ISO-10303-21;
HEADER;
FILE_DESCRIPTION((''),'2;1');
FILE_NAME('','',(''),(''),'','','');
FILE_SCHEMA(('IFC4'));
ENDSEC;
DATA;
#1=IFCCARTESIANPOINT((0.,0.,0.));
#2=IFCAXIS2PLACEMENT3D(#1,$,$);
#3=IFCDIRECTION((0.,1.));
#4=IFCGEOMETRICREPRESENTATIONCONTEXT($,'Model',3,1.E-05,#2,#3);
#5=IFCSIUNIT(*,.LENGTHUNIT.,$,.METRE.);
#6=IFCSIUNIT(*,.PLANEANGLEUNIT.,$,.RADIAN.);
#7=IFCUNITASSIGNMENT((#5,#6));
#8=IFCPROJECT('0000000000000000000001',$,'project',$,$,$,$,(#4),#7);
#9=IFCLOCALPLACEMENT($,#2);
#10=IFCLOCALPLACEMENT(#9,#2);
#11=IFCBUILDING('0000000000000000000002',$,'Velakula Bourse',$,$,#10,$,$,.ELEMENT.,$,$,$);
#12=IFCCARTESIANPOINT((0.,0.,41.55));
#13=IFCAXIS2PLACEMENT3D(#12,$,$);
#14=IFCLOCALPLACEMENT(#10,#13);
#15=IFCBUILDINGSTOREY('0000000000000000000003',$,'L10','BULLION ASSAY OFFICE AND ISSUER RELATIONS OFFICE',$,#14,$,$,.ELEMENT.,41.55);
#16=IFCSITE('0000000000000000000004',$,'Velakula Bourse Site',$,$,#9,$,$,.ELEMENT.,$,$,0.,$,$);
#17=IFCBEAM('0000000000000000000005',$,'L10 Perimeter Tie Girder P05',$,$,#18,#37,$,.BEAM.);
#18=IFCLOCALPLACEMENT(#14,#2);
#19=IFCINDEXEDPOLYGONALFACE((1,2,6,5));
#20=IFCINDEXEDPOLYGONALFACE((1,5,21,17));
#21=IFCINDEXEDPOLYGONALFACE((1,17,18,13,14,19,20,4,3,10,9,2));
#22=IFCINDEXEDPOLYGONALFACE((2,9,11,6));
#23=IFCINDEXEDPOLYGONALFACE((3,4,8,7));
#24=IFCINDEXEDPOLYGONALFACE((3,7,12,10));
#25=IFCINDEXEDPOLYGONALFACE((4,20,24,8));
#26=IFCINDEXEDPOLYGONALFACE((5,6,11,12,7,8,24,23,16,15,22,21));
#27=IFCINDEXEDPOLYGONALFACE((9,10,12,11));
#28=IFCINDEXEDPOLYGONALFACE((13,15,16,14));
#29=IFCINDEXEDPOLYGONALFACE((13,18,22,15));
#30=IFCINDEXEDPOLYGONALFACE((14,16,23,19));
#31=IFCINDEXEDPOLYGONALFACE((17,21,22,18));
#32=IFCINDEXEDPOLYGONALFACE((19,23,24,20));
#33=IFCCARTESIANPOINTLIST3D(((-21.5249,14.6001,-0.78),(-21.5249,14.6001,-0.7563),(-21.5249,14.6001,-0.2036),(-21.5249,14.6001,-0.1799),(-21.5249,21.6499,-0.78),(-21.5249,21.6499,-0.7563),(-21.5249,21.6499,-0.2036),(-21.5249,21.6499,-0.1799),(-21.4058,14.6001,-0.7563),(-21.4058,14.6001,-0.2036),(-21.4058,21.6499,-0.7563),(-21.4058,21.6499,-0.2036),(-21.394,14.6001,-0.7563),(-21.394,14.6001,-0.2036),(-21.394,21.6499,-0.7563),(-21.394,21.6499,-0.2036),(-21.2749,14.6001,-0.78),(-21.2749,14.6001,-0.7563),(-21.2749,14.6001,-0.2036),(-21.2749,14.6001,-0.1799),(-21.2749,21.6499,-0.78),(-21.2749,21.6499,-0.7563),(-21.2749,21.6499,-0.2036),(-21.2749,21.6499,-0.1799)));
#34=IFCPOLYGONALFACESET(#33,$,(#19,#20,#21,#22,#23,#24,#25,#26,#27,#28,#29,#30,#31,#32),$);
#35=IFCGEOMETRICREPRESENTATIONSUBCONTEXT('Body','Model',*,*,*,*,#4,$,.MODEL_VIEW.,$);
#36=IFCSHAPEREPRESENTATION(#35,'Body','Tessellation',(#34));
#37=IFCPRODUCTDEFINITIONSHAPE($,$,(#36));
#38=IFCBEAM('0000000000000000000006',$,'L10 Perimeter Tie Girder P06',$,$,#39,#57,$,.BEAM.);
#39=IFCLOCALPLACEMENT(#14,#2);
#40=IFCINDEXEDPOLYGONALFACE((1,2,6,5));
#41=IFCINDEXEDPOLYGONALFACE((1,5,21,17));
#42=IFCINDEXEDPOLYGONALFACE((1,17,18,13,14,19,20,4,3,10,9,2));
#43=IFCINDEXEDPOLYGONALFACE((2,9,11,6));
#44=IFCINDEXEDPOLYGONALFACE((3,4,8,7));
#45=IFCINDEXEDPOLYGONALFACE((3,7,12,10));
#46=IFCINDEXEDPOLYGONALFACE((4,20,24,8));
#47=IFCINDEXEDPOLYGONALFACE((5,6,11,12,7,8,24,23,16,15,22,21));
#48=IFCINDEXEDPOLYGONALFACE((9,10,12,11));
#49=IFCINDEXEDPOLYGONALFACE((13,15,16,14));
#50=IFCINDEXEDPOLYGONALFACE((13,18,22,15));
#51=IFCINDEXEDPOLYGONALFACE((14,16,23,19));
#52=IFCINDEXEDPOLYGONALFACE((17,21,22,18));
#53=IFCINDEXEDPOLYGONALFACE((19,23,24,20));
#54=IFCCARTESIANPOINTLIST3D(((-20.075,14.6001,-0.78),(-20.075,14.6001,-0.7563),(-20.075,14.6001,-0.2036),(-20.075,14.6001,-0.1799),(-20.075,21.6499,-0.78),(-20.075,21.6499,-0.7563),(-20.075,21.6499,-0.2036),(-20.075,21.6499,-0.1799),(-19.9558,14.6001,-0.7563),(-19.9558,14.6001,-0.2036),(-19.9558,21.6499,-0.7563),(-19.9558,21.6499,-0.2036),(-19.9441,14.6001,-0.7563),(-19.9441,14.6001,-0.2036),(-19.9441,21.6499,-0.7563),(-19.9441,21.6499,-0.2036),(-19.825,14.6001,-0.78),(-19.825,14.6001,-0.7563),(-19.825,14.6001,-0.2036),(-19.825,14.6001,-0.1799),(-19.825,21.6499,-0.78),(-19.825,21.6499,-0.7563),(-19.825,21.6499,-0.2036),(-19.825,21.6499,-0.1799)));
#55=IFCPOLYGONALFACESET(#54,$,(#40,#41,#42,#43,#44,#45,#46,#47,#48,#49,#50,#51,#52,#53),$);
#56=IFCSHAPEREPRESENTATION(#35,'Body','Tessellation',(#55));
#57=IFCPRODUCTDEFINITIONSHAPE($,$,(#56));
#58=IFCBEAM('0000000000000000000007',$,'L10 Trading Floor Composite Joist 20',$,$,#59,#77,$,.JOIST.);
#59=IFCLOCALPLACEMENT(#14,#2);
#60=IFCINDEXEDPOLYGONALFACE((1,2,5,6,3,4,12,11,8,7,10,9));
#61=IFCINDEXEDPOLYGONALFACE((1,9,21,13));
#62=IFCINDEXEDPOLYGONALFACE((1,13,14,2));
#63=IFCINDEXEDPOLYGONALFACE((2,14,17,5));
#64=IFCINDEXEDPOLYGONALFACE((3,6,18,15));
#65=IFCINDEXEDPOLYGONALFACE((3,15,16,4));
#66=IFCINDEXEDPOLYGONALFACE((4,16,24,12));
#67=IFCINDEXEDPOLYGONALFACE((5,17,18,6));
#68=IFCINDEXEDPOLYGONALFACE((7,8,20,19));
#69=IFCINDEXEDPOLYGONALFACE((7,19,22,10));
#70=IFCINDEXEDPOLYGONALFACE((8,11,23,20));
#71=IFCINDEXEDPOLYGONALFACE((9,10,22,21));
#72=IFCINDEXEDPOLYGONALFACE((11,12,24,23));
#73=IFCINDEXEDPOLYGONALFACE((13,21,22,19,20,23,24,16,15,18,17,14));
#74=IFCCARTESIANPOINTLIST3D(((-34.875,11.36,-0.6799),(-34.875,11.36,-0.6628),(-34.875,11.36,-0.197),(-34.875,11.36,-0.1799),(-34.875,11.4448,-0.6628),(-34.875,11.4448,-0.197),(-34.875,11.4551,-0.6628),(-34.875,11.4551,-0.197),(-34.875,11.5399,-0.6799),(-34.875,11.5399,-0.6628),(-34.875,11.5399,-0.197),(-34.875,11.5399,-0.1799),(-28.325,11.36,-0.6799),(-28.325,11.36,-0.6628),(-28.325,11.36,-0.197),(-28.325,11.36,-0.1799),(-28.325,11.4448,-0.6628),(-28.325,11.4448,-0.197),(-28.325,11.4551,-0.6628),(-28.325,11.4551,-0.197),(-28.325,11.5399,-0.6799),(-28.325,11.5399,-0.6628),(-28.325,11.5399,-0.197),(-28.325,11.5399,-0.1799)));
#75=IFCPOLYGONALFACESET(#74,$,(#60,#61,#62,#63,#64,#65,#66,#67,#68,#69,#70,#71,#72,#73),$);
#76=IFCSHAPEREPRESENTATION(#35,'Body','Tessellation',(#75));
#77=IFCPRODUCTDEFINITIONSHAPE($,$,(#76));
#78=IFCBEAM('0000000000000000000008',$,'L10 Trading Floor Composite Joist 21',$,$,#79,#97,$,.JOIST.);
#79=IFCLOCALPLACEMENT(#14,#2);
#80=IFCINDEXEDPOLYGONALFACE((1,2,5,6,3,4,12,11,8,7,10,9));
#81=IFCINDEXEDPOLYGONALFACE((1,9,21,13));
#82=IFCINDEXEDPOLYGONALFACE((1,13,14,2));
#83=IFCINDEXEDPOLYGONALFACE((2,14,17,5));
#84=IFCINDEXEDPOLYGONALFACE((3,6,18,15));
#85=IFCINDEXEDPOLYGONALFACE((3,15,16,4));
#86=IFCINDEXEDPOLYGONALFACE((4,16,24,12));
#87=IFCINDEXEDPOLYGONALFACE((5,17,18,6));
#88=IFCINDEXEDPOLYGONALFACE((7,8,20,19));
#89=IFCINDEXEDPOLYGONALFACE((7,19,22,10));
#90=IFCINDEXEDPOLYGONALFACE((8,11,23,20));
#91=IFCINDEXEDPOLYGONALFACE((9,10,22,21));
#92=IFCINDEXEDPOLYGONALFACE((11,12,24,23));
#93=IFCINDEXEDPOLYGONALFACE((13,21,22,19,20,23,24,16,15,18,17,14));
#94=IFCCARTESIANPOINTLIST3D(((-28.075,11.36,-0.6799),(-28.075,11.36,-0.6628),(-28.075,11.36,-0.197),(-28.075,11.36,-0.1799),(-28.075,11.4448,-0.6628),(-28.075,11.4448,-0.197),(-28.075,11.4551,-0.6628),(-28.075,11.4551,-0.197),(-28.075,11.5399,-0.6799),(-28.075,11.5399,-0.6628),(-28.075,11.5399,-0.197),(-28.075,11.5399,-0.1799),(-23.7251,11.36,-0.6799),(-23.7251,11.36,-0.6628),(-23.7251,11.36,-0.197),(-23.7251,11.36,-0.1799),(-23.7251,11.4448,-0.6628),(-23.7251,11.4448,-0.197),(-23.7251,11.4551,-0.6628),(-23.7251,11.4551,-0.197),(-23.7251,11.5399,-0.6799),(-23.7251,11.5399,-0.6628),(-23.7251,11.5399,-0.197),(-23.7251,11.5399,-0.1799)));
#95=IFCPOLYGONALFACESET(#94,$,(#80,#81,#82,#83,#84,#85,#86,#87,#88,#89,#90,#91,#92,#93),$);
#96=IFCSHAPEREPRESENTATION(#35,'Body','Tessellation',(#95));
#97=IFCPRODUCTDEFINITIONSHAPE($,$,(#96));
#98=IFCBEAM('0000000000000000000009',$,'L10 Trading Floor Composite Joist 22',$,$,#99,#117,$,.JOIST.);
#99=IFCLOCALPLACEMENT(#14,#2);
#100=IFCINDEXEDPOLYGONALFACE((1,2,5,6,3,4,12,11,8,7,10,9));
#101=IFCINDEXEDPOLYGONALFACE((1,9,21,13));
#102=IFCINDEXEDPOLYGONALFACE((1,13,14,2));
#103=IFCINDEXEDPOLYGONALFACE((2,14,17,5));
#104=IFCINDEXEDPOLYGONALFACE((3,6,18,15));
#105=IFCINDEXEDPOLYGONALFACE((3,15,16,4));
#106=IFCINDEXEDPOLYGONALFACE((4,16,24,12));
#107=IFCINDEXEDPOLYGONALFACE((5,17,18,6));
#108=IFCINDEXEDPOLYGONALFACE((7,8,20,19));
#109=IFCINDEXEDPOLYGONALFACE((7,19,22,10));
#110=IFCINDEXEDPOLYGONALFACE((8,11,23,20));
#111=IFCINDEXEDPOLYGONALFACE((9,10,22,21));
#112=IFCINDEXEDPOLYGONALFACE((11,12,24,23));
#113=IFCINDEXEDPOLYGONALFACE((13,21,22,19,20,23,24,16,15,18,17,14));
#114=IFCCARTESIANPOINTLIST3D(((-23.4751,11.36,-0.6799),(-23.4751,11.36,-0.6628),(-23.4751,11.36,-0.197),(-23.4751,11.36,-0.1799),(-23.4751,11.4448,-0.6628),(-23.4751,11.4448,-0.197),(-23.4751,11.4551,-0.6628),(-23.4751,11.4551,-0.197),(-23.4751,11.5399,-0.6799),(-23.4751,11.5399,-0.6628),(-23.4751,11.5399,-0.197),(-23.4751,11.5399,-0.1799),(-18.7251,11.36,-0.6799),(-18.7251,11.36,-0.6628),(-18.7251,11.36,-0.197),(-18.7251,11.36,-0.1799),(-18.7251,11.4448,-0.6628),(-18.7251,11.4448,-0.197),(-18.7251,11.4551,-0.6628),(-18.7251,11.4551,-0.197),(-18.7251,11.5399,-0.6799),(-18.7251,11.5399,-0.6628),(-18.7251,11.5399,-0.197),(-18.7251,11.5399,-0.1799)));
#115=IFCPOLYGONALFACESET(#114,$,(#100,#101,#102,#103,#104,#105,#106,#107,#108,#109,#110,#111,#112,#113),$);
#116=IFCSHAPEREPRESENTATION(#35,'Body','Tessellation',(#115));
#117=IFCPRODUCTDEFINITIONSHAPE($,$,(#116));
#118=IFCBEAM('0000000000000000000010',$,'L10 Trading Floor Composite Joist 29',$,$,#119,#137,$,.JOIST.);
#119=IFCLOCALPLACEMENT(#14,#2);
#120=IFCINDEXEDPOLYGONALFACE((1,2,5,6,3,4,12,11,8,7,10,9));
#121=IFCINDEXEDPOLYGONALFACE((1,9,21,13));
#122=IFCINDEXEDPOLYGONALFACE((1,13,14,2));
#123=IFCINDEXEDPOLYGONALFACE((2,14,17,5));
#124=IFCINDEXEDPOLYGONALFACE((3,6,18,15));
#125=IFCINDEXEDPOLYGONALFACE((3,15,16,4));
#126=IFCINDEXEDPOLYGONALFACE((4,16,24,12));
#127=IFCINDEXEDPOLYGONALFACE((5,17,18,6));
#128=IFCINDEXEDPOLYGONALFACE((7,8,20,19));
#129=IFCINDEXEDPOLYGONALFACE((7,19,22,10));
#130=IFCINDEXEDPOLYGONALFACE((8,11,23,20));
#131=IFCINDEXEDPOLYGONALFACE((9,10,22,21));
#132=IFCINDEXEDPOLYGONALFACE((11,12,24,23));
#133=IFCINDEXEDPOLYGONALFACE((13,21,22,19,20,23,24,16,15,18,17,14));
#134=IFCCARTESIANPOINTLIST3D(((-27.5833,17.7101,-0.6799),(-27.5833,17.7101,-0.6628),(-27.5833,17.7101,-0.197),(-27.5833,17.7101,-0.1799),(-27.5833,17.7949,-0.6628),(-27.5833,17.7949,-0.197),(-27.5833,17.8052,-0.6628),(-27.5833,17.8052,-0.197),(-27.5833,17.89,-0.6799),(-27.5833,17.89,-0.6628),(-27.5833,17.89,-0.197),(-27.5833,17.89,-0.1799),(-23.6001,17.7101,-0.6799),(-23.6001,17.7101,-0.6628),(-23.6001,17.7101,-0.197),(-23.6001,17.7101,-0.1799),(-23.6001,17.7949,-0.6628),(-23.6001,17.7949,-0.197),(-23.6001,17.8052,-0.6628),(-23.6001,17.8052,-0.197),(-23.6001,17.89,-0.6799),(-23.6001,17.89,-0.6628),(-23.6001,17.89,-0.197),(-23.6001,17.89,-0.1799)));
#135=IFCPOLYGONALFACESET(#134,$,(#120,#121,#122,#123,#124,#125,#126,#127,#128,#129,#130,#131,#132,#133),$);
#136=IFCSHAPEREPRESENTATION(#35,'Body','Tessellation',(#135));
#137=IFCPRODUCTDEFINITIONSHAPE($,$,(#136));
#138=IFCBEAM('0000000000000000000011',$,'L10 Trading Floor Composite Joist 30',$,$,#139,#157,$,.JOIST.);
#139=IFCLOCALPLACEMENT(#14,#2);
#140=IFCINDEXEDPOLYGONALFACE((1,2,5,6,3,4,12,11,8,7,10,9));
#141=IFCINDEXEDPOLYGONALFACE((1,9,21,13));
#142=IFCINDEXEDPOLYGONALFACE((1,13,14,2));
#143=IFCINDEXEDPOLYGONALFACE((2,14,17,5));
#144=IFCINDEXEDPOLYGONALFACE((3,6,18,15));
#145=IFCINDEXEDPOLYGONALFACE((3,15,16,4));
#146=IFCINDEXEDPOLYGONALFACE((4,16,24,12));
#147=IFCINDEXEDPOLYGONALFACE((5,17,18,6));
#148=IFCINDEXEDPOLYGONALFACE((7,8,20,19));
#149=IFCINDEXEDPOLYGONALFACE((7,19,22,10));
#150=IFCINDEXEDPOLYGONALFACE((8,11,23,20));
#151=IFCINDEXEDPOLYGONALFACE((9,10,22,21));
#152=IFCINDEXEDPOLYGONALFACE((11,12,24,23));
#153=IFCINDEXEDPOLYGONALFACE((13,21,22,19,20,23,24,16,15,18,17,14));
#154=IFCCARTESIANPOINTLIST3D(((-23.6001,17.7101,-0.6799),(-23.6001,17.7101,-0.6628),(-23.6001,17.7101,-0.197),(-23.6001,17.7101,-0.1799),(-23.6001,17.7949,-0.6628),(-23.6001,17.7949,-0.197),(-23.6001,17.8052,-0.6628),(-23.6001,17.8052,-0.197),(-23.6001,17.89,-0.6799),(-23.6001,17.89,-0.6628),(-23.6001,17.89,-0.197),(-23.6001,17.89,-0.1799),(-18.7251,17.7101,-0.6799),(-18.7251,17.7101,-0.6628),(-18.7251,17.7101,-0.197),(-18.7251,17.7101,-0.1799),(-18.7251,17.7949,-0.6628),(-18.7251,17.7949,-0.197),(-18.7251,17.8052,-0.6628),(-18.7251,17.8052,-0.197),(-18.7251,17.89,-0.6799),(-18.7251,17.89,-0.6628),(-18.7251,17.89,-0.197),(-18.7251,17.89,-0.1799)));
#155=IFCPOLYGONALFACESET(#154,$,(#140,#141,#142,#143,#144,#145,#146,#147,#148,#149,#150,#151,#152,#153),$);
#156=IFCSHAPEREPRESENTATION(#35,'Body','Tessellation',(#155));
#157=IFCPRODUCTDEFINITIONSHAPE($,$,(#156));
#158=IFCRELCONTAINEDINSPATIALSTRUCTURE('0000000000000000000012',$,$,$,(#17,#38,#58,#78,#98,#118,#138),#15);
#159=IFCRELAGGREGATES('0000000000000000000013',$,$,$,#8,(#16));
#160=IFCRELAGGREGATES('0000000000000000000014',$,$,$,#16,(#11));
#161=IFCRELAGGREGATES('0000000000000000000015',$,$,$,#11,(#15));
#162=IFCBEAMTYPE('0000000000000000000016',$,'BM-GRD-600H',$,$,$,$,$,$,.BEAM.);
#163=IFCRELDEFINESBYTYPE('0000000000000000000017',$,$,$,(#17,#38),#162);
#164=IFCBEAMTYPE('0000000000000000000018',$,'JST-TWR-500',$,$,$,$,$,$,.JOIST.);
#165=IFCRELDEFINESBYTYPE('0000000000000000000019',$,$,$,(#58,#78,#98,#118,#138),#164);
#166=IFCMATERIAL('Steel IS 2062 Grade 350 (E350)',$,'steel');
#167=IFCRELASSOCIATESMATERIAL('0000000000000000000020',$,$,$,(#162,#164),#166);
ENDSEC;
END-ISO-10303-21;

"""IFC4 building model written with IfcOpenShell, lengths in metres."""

from ifc_helpers import new_model, si_unit, direction, frame, origin, origin_2d, place, context, subcontext, project, spatial, i_section, extrude, material, material_profile, profile_set, type_object, element, save


model = new_model("IFC4")

# Units and contexts
model_context = context("Model", 3, precision=1e-05, world=origin(), true_north=direction((0.0, 1.0)))
body_context = subcontext(model_context, "Body", "Model", "MODEL_VIEW")
ifc_project = project(units=[si_unit("LENGTHUNIT", "METRE"), si_unit("PLANEANGLEUNIT", "RADIAN")], contexts=[model_context])

# Site, building, storey
site_placement = place(None, origin())
site = spatial("IfcSite", under=ifc_project, at=site_placement, Name="Velakula Bourse Site", CompositionType="ELEMENT", RefElevation=0.0)
building_placement = place(site_placement, origin())
building = spatial("IfcBuilding", under=site, at=building_placement, Name="Velakula Bourse", CompositionType="ELEMENT")
storey_placement = place(building_placement, frame((0.0, 0.0, 41.55)))
storey = spatial("IfcBuildingStorey", under=building, at=storey_placement, Name="L10", Description="BULLION ASSAY OFFICE AND ISSUER RELATIONS OFFICE", CompositionType="ELEMENT", Elevation=41.55)

# Beams
ifc_material_1 = material(Name="Steel IS 2062 Grade 350 (E350)", Category="steel")
ifc_material_profile_1 = material_profile(ifc_material_1, i_section(OverallWidth=0.25, OverallDepth=0.6001, WebThickness=0.0117, FlangeThickness=0.0237, at=origin_2d()), Name="Steel IS 2062 Grade 350 (E350)")
ifc_profile_set_1 = profile_set([ifc_material_profile_1], Name="Steel IS 2062 Grade 350 (E350)")
beam_type_1 = type_object("IfcBeamType", Name="BM-GRD-600H", PredefinedType="BEAM", material=ifc_profile_set_1)
for number, where, z_axis, x_axis, name in (
    (1, (-21.3999, 14.6001, -0.48), (0.0, 1.0, 0.0), (-1.0, 0.0, 0.0), "L10 Perimeter Tie Girder P05"),
    (2, (-19.95, 14.6001, -0.48), (0.0, 1.0, 0.0), (-1.0, 0.0, 0.0), "L10 Perimeter Tie Girder P06"),
):
    element("IfcBeam", number, at=place(storey_placement, frame(where, z_axis=z_axis, x_axis=x_axis)), inside=storey, type_object=beam_type_1, Name=name, PredefinedType="BEAM", context=body_context, shape_type="SweptSolid", body=[
        extrude(i_section(OverallWidth=0.25, OverallDepth=0.6001, WebThickness=0.0117, FlangeThickness=0.0237, at=origin_2d()), origin(), (0.0, 0.0, 1.0), 7.0498),
    ])
ifc_material_profile_2 = material_profile(ifc_material_1, i_section(OverallWidth=0.1799, OverallDepth=0.5, WebThickness=0.0103, FlangeThickness=0.0171, at=origin_2d()), Name="Steel IS 2062 Grade 350 (E350)")
ifc_profile_set_2 = profile_set([ifc_material_profile_2], Name="Steel IS 2062 Grade 350 (E350)")
beam_type_2 = type_object("IfcBeamType", Name="JST-TWR-500", PredefinedType="JOIST", material=ifc_profile_set_2)
beam_1_placement = place(storey_placement, frame((-34.875, 11.45, -0.4299), z_axis=(1.0, 0.0, 0.0), x_axis=(0.0, 1.0, 0.0)))
element("IfcBeam", 3, at=beam_1_placement, inside=storey, type_object=beam_type_2, Name="L10 Trading Floor Composite Joist 20", PredefinedType="JOIST", context=body_context, shape_type="SweptSolid", body=[
    extrude(i_section(OverallWidth=0.1799, OverallDepth=0.5, WebThickness=0.0103, FlangeThickness=0.0171, at=origin_2d()), origin(), (0.0, 0.0, 1.0), 6.55),
])
beam_2_placement = place(storey_placement, frame((-28.075, 11.45, -0.4299), z_axis=(1.0, 0.0, 0.0), x_axis=(0.0, 1.0, 0.0)))
element("IfcBeam", 4, at=beam_2_placement, inside=storey, type_object=beam_type_2, Name="L10 Trading Floor Composite Joist 21", PredefinedType="JOIST", context=body_context, shape_type="SweptSolid", body=[
    extrude(i_section(OverallWidth=0.1799, OverallDepth=0.5, WebThickness=0.0103, FlangeThickness=0.0171, at=origin_2d()), origin(), (0.0, 0.0, 1.0), 4.3499),
])
beam_3_placement = place(storey_placement, frame((-23.4751, 11.45, -0.4299), z_axis=(1.0, 0.0, 0.0), x_axis=(0.0, 1.0, 0.0)))
element("IfcBeam", 5, at=beam_3_placement, inside=storey, type_object=beam_type_2, Name="L10 Trading Floor Composite Joist 22", PredefinedType="JOIST", context=body_context, shape_type="SweptSolid", body=[
    extrude(i_section(OverallWidth=0.1799, OverallDepth=0.5, WebThickness=0.0103, FlangeThickness=0.0171, at=origin_2d()), origin(), (0.0, 0.0, 1.0), 4.75),
])
beam_4_placement = place(storey_placement, frame((-27.5833, 17.8, -0.4299), z_axis=(1.0, 0.0, 0.0), x_axis=(0.0, 1.0, 0.0)))
element("IfcBeam", 6, at=beam_4_placement, inside=storey, type_object=beam_type_2, Name="L10 Trading Floor Composite Joist 29", PredefinedType="JOIST", context=body_context, shape_type="SweptSolid", body=[
    extrude(i_section(OverallWidth=0.1799, OverallDepth=0.5, WebThickness=0.0103, FlangeThickness=0.0171, at=origin_2d()), origin(), (0.0, 0.0, 1.0), 3.9832),
])
beam_5_placement = place(storey_placement, frame((-23.6001, 17.8, -0.4299), z_axis=(1.0, 0.0, 0.0), x_axis=(0.0, 1.0, 0.0)))
element("IfcBeam", 7, at=beam_5_placement, inside=storey, type_object=beam_type_2, Name="L10 Trading Floor Composite Joist 30", PredefinedType="JOIST", context=body_context, shape_type="SweptSolid", body=[
    extrude(i_section(OverallWidth=0.1799, OverallDepth=0.5, WebThickness=0.0103, FlangeThickness=0.0171, at=origin_2d()), origin(), (0.0, 0.0, 1.0), 4.875),
])

save(model, "model.ifc")
